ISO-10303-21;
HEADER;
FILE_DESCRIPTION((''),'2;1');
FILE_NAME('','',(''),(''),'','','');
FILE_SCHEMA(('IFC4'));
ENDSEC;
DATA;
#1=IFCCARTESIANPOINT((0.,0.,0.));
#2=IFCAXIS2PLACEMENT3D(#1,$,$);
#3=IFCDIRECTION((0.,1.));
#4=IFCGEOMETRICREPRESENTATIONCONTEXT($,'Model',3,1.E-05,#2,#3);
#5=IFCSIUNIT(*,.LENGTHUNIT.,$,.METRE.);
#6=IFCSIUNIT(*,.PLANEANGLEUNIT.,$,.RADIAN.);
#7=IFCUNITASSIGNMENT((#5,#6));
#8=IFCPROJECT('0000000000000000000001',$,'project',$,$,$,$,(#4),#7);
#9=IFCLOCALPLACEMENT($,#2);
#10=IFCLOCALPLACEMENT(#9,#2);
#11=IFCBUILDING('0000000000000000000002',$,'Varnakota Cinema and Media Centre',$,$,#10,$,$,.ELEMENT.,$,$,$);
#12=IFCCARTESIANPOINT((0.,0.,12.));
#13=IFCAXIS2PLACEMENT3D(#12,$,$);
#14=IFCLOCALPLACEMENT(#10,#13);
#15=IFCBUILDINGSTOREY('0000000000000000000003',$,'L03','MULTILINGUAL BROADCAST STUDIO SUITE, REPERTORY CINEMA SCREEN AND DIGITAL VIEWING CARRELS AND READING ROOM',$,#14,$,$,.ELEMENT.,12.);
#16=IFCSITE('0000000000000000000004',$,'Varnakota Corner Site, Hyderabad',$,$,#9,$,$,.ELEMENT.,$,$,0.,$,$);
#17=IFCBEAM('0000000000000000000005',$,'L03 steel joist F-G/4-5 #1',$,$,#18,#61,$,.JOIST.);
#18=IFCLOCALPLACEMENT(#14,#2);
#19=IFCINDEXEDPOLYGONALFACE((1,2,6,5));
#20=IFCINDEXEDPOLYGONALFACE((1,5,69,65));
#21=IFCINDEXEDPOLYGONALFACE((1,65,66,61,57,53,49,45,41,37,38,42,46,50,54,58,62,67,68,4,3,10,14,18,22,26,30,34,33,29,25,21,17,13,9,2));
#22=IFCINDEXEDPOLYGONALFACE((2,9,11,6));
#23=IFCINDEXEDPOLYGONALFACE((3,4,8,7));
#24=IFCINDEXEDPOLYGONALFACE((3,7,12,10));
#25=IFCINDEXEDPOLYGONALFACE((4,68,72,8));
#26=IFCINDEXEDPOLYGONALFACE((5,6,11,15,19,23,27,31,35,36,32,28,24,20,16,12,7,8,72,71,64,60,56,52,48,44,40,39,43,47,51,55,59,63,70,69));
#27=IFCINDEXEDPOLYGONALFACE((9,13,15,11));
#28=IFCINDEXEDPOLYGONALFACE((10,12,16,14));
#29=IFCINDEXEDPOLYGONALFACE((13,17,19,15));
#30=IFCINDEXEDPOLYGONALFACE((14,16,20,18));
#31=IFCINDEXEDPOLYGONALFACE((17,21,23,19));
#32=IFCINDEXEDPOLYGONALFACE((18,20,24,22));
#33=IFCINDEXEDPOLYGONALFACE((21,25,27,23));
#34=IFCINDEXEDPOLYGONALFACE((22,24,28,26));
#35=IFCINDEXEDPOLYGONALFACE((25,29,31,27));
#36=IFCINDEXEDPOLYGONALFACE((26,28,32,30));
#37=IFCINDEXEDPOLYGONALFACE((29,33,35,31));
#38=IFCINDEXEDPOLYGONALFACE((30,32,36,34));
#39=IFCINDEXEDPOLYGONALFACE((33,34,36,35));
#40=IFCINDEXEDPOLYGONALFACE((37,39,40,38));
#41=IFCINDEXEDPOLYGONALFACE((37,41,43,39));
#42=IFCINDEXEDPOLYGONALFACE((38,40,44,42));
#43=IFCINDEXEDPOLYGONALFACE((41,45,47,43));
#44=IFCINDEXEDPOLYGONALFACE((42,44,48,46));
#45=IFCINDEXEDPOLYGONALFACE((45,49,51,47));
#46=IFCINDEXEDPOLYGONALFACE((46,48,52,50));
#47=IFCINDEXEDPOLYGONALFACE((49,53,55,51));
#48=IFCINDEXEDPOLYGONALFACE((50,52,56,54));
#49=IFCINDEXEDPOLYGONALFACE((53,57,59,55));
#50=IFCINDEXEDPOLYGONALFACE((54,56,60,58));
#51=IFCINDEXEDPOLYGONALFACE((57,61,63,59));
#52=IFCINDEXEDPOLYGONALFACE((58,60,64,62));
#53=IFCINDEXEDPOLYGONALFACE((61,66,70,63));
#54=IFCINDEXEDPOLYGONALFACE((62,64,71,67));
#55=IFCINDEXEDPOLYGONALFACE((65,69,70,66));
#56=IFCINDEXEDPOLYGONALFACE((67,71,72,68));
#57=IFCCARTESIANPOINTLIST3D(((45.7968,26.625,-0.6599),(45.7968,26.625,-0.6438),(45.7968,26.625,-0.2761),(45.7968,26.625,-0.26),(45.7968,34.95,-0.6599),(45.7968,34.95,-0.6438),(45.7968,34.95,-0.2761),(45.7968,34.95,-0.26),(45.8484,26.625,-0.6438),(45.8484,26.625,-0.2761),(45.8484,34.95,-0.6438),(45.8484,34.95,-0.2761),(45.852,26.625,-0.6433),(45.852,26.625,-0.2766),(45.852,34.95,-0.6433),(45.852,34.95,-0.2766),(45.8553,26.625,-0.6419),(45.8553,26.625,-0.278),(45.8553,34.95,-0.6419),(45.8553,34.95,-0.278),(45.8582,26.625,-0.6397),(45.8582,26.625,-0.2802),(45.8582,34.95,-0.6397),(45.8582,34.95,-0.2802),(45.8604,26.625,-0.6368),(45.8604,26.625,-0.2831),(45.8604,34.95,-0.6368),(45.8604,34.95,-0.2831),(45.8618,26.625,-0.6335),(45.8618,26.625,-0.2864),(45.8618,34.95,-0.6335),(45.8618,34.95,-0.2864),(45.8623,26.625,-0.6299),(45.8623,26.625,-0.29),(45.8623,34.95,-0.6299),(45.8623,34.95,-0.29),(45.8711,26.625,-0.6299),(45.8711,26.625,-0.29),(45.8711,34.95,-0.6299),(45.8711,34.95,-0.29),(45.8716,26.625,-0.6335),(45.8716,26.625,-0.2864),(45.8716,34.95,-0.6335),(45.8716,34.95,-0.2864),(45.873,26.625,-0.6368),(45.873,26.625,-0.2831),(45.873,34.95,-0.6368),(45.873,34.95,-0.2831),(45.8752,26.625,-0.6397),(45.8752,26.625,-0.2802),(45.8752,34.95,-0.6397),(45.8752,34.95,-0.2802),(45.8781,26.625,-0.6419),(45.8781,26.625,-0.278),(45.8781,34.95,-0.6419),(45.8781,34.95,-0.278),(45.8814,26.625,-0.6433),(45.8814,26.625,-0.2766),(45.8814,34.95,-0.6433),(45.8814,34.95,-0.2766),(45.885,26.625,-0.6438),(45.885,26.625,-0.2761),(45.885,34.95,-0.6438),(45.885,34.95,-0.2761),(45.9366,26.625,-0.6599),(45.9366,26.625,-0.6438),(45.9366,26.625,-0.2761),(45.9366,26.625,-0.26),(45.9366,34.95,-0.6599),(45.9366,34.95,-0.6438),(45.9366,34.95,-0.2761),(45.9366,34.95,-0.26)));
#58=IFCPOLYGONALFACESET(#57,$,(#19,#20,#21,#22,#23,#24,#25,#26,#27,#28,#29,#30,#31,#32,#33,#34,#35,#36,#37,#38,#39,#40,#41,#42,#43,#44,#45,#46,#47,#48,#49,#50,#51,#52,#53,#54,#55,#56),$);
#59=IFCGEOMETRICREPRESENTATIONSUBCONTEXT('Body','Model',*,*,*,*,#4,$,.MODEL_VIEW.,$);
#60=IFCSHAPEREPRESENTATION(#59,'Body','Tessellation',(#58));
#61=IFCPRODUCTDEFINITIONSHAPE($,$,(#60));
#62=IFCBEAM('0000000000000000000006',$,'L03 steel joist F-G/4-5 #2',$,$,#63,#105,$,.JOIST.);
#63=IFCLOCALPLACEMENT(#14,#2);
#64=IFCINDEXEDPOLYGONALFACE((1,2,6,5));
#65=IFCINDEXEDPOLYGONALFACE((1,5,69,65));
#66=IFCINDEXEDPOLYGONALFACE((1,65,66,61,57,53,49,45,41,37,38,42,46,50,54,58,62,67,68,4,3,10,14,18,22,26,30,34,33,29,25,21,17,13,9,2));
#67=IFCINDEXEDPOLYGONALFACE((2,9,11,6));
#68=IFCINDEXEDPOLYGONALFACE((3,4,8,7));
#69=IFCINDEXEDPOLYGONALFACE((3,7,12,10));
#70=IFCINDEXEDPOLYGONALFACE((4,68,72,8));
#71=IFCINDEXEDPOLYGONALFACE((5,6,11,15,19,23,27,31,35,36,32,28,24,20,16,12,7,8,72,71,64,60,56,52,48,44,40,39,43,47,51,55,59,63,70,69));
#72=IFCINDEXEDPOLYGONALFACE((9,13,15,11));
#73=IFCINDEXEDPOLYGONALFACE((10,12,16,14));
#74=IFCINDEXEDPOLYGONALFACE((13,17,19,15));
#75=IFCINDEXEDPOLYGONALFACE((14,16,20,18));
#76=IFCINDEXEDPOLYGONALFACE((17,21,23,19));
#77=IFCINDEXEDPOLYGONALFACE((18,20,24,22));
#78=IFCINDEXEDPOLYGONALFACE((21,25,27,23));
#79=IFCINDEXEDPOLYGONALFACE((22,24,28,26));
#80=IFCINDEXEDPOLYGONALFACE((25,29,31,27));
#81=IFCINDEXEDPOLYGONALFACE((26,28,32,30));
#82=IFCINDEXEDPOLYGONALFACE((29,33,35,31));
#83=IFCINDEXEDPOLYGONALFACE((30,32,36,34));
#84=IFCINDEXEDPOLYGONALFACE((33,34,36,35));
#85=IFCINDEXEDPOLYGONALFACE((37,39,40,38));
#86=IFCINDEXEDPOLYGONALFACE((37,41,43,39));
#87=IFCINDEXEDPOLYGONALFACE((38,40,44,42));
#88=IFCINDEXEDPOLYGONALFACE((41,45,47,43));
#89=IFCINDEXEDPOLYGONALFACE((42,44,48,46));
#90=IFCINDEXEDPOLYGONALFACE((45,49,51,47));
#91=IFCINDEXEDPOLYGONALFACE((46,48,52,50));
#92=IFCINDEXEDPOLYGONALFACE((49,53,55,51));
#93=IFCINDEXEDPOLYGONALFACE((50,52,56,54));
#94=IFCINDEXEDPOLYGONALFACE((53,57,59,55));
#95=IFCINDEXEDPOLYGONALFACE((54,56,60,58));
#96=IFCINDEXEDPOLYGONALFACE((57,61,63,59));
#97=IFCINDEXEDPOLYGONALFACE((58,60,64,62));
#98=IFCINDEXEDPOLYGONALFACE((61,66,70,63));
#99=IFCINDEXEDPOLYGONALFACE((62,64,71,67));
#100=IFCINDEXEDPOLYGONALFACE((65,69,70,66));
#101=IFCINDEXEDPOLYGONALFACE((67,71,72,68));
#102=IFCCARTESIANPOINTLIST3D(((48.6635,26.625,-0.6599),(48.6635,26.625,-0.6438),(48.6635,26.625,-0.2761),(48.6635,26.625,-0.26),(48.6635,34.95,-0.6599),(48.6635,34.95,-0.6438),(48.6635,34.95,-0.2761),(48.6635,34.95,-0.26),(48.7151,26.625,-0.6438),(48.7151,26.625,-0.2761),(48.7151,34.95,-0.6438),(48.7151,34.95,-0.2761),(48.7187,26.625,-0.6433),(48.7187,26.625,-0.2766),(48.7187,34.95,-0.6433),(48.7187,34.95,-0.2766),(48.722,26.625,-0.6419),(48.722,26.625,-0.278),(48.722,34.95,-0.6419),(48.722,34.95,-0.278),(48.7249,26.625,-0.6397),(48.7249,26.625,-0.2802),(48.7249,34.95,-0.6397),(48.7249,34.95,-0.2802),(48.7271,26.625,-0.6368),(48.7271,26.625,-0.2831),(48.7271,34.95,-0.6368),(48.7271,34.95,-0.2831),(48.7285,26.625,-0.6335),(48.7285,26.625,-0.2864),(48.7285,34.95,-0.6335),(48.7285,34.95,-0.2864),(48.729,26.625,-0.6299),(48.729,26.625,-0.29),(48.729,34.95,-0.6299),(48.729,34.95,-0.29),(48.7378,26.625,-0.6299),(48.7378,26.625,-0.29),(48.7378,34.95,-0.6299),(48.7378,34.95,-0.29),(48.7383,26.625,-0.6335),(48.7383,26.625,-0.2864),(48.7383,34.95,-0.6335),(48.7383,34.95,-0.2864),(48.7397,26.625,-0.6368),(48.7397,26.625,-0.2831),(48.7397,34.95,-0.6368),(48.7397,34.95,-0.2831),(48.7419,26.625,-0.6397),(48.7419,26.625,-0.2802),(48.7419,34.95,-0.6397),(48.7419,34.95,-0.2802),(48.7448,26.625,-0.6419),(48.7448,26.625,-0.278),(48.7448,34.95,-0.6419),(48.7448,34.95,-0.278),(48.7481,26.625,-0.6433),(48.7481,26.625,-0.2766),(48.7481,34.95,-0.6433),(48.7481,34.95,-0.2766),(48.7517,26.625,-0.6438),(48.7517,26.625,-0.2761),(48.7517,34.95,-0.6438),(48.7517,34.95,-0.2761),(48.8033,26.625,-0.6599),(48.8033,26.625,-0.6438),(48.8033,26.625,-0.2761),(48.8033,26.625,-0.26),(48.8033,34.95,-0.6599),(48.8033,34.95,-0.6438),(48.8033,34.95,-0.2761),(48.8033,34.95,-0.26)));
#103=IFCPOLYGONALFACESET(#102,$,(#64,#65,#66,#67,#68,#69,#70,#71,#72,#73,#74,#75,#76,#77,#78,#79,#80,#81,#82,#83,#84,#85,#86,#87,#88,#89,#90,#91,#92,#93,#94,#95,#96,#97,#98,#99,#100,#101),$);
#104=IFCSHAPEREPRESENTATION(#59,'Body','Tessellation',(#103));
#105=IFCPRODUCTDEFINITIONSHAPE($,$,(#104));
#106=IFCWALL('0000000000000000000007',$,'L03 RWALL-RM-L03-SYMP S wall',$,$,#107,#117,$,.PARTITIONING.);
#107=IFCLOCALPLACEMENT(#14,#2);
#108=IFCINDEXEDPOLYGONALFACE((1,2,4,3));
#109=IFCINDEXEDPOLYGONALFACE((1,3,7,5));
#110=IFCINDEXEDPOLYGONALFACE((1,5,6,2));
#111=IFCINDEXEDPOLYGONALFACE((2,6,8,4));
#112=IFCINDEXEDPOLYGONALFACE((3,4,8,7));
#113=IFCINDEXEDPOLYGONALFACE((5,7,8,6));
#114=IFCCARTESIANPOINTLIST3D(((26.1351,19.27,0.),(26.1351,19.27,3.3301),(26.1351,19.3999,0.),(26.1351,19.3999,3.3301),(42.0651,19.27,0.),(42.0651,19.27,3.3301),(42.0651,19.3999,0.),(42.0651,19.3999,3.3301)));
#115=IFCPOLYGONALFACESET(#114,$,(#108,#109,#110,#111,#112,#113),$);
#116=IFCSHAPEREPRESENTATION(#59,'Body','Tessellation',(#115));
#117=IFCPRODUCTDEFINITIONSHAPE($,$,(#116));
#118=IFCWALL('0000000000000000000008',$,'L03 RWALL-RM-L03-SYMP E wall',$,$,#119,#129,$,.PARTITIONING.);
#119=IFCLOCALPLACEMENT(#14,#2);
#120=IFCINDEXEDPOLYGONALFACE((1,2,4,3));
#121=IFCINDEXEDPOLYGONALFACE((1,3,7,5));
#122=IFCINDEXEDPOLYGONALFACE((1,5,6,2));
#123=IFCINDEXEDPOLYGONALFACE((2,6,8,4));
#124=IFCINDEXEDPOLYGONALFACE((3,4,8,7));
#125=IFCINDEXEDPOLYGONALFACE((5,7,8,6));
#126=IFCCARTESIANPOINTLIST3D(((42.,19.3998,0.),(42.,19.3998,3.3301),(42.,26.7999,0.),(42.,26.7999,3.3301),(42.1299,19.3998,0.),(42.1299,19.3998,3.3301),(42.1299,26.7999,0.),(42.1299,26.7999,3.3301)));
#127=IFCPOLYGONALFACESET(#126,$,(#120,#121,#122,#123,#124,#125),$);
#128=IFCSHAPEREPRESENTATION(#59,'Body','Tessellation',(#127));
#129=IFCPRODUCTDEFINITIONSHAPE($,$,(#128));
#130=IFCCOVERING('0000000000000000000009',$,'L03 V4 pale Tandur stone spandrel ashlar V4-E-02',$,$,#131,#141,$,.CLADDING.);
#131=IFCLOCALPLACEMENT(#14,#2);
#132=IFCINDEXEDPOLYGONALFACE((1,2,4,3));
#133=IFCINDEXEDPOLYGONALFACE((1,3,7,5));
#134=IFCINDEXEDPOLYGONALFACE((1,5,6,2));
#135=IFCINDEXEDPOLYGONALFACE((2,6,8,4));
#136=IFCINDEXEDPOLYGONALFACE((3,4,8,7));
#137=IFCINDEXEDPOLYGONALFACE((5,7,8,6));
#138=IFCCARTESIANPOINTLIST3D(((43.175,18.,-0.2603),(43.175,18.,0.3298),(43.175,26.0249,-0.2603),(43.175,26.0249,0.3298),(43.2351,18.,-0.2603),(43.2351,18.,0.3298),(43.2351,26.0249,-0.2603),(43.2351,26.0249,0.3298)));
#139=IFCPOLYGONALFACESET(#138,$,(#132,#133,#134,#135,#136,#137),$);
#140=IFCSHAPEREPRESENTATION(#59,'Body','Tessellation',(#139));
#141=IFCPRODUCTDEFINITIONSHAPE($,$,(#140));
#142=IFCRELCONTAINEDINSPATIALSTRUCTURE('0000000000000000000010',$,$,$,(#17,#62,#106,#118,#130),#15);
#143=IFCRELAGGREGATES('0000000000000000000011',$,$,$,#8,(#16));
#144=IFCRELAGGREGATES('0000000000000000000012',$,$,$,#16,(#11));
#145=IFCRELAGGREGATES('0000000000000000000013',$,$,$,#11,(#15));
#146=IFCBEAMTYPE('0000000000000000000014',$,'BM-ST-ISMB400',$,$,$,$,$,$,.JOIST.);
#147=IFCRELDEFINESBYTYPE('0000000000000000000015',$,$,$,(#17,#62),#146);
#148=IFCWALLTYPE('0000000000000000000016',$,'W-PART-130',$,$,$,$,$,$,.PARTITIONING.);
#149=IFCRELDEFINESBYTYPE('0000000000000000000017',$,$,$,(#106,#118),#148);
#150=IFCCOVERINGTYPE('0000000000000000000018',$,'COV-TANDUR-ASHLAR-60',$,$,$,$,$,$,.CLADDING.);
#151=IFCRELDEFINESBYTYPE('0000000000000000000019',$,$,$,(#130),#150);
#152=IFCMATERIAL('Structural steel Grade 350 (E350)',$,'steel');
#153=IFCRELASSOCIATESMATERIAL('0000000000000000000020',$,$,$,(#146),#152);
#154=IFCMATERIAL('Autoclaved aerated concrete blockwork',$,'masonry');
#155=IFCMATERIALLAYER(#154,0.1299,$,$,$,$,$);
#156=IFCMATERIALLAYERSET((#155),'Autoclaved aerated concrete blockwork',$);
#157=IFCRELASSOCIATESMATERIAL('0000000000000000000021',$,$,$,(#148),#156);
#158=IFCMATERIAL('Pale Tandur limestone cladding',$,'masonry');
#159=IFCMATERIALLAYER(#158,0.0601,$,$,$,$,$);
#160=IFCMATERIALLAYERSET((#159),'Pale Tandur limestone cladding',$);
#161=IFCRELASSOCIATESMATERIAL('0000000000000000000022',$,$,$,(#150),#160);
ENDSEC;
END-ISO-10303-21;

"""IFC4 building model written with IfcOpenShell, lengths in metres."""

from ifc_helpers import new_model, si_unit, direction, frame, frame_2d, origin, origin_2d, place, context, subcontext, project, spatial, rectangle, i_section, extrude, material, layer, layer_set, material_profile, profile_set, type_object, element, save


model = new_model("IFC4")

# Units and contexts
model_context = context("Model", 3, precision=1e-05, world=origin(), true_north=direction((0.0, 1.0)))
body_context = subcontext(model_context, "Body", "Model", "MODEL_VIEW")
ifc_project = project(units=[si_unit("LENGTHUNIT", "METRE"), si_unit("PLANEANGLEUNIT", "RADIAN")], contexts=[model_context])

# Site, building, storey
site_placement = place(None, origin())
site = spatial("IfcSite", under=ifc_project, at=site_placement, Name="Varnakota Corner Site, Hyderabad", CompositionType="ELEMENT", RefElevation=0.0)
building_placement = place(site_placement, origin())
building = spatial("IfcBuilding", under=site, at=building_placement, Name="Varnakota Cinema and Media Centre", CompositionType="ELEMENT")
storey_placement = place(building_placement, frame((0.0, 0.0, 12.0)))
storey = spatial("IfcBuildingStorey", under=building, at=storey_placement, Name="L03", Description="MULTILINGUAL BROADCAST STUDIO SUITE, REPERTORY CINEMA SCREEN AND DIGITAL VIEWING CARRELS AND READING ROOM", CompositionType="ELEMENT", Elevation=12.0)

# Beams
ifc_material_1 = material(Name="Structural steel Grade 350 (E350)", Category="steel")
ifc_material_profile_1 = material_profile(ifc_material_1, i_section(OverallWidth=0.1399, OverallDepth=0.3999, WebThickness=0.0088, FlangeThickness=0.0161, FilletRadius=0.0139, at=origin_2d()), Name="ISMB 400")
ifc_profile_set_1 = profile_set([ifc_material_profile_1], Name="Structural steel Grade 350 (E350)")
beam_type_1 = type_object("IfcBeamType", Name="BM-ST-ISMB400", PredefinedType="JOIST", material=ifc_profile_set_1)
for number, where, z_axis, x_axis, name in (
    (1, (45.8667, 26.625, -0.46), (0.0, 1.0, 0.0), (-1.0, 0.0, 0.0), "L03 steel joist F-G/4-5 #1"),
    (2, (48.7334, 26.625, -0.46), (0.0, 1.0, 0.0), (-1.0, 0.0, 0.0), "L03 steel joist F-G/4-5 #2"),
):
    element("IfcBeam", number, at=place(storey_placement, frame(where, z_axis=z_axis, x_axis=x_axis)), inside=storey, type_object=beam_type_1, Name=name, PredefinedType="JOIST", context=body_context, shape_type="SweptSolid", body=[
        extrude(i_section(OverallWidth=0.1399, OverallDepth=0.3999, WebThickness=0.0088, FlangeThickness=0.0161, FilletRadius=0.0139, at=origin_2d()), origin(), (0.0, 0.0, 1.0), 8.325),
    ])

# Walls
ifc_material_2 = material(Name="Autoclaved aerated concrete blockwork", Category="masonry")
ifc_layer_1 = layer(ifc_material_2, 0.1299)
ifc_layer_set_1 = layer_set([ifc_layer_1], Name="Autoclaved aerated concrete blockwork")
wall_type_1 = type_object("IfcWallType", Name="W-PART-130", PredefinedType="PARTITIONING", material=ifc_layer_set_1)
wall_1_placement = place(storey_placement, frame((42.0649, 19.335, 0.0), z_axis=(0.0, 0.0, 1.0), x_axis=(-1.0, 0.0, 0.0)))
element("IfcWall", 3, at=wall_1_placement, inside=storey, type_object=wall_type_1, Name="L03 RWALL-RM-L03-SYMP S wall", PredefinedType="PARTITIONING", context=body_context, shape_type="SweptSolid", body=[
    extrude(rectangle(XDim=15.9299, YDim=0.1299, at=frame_2d((7.9648, 0.0))), origin(), (0.0, 0.0, 1.0), 3.3301),
])
wall_2_placement = place(storey_placement, frame((42.0649, 26.8, 0.0), z_axis=(0.0, 0.0, 1.0), x_axis=(0.0, -1.0, 0.0)))
element("IfcWall", 4, at=wall_2_placement, inside=storey, type_object=wall_type_1, Name="L03 RWALL-RM-L03-SYMP E wall", PredefinedType="PARTITIONING", context=body_context, shape_type="SweptSolid", body=[
    extrude(rectangle(XDim=7.4001, YDim=0.1299, at=frame_2d((3.7002, 0.0))), origin(), (0.0, 0.0, 1.0), 3.3301),
])

# Covering
ifc_material_3 = material(Name="Pale Tandur limestone cladding", Category="masonry")
ifc_layer_2 = layer(ifc_material_3, 0.0601)
ifc_layer_set_2 = layer_set([ifc_layer_2], Name="Pale Tandur limestone cladding")
covering_type = type_object("IfcCoveringType", Name="COV-TANDUR-ASHLAR-60", PredefinedType="CLADDING", material=ifc_layer_set_2)
covering_placement = place(storey_placement, frame((43.2051, 22.0125, -0.2603), z_axis=(0.0, 0.0, 1.0), x_axis=(0.0, -1.0, 0.0)))
element("IfcCovering", 5, at=covering_placement, inside=storey, type_object=covering_type, Name="L03 V4 pale Tandur stone spandrel ashlar V4-E-02", PredefinedType="CLADDING", context=body_context, shape_type="SweptSolid", body=[
    extrude(rectangle(XDim=8.0249, YDim=0.0601, at=origin_2d()), origin(), (0.0, 0.0, 1.0), 0.5901),
])

save(model, "model.ifc")
